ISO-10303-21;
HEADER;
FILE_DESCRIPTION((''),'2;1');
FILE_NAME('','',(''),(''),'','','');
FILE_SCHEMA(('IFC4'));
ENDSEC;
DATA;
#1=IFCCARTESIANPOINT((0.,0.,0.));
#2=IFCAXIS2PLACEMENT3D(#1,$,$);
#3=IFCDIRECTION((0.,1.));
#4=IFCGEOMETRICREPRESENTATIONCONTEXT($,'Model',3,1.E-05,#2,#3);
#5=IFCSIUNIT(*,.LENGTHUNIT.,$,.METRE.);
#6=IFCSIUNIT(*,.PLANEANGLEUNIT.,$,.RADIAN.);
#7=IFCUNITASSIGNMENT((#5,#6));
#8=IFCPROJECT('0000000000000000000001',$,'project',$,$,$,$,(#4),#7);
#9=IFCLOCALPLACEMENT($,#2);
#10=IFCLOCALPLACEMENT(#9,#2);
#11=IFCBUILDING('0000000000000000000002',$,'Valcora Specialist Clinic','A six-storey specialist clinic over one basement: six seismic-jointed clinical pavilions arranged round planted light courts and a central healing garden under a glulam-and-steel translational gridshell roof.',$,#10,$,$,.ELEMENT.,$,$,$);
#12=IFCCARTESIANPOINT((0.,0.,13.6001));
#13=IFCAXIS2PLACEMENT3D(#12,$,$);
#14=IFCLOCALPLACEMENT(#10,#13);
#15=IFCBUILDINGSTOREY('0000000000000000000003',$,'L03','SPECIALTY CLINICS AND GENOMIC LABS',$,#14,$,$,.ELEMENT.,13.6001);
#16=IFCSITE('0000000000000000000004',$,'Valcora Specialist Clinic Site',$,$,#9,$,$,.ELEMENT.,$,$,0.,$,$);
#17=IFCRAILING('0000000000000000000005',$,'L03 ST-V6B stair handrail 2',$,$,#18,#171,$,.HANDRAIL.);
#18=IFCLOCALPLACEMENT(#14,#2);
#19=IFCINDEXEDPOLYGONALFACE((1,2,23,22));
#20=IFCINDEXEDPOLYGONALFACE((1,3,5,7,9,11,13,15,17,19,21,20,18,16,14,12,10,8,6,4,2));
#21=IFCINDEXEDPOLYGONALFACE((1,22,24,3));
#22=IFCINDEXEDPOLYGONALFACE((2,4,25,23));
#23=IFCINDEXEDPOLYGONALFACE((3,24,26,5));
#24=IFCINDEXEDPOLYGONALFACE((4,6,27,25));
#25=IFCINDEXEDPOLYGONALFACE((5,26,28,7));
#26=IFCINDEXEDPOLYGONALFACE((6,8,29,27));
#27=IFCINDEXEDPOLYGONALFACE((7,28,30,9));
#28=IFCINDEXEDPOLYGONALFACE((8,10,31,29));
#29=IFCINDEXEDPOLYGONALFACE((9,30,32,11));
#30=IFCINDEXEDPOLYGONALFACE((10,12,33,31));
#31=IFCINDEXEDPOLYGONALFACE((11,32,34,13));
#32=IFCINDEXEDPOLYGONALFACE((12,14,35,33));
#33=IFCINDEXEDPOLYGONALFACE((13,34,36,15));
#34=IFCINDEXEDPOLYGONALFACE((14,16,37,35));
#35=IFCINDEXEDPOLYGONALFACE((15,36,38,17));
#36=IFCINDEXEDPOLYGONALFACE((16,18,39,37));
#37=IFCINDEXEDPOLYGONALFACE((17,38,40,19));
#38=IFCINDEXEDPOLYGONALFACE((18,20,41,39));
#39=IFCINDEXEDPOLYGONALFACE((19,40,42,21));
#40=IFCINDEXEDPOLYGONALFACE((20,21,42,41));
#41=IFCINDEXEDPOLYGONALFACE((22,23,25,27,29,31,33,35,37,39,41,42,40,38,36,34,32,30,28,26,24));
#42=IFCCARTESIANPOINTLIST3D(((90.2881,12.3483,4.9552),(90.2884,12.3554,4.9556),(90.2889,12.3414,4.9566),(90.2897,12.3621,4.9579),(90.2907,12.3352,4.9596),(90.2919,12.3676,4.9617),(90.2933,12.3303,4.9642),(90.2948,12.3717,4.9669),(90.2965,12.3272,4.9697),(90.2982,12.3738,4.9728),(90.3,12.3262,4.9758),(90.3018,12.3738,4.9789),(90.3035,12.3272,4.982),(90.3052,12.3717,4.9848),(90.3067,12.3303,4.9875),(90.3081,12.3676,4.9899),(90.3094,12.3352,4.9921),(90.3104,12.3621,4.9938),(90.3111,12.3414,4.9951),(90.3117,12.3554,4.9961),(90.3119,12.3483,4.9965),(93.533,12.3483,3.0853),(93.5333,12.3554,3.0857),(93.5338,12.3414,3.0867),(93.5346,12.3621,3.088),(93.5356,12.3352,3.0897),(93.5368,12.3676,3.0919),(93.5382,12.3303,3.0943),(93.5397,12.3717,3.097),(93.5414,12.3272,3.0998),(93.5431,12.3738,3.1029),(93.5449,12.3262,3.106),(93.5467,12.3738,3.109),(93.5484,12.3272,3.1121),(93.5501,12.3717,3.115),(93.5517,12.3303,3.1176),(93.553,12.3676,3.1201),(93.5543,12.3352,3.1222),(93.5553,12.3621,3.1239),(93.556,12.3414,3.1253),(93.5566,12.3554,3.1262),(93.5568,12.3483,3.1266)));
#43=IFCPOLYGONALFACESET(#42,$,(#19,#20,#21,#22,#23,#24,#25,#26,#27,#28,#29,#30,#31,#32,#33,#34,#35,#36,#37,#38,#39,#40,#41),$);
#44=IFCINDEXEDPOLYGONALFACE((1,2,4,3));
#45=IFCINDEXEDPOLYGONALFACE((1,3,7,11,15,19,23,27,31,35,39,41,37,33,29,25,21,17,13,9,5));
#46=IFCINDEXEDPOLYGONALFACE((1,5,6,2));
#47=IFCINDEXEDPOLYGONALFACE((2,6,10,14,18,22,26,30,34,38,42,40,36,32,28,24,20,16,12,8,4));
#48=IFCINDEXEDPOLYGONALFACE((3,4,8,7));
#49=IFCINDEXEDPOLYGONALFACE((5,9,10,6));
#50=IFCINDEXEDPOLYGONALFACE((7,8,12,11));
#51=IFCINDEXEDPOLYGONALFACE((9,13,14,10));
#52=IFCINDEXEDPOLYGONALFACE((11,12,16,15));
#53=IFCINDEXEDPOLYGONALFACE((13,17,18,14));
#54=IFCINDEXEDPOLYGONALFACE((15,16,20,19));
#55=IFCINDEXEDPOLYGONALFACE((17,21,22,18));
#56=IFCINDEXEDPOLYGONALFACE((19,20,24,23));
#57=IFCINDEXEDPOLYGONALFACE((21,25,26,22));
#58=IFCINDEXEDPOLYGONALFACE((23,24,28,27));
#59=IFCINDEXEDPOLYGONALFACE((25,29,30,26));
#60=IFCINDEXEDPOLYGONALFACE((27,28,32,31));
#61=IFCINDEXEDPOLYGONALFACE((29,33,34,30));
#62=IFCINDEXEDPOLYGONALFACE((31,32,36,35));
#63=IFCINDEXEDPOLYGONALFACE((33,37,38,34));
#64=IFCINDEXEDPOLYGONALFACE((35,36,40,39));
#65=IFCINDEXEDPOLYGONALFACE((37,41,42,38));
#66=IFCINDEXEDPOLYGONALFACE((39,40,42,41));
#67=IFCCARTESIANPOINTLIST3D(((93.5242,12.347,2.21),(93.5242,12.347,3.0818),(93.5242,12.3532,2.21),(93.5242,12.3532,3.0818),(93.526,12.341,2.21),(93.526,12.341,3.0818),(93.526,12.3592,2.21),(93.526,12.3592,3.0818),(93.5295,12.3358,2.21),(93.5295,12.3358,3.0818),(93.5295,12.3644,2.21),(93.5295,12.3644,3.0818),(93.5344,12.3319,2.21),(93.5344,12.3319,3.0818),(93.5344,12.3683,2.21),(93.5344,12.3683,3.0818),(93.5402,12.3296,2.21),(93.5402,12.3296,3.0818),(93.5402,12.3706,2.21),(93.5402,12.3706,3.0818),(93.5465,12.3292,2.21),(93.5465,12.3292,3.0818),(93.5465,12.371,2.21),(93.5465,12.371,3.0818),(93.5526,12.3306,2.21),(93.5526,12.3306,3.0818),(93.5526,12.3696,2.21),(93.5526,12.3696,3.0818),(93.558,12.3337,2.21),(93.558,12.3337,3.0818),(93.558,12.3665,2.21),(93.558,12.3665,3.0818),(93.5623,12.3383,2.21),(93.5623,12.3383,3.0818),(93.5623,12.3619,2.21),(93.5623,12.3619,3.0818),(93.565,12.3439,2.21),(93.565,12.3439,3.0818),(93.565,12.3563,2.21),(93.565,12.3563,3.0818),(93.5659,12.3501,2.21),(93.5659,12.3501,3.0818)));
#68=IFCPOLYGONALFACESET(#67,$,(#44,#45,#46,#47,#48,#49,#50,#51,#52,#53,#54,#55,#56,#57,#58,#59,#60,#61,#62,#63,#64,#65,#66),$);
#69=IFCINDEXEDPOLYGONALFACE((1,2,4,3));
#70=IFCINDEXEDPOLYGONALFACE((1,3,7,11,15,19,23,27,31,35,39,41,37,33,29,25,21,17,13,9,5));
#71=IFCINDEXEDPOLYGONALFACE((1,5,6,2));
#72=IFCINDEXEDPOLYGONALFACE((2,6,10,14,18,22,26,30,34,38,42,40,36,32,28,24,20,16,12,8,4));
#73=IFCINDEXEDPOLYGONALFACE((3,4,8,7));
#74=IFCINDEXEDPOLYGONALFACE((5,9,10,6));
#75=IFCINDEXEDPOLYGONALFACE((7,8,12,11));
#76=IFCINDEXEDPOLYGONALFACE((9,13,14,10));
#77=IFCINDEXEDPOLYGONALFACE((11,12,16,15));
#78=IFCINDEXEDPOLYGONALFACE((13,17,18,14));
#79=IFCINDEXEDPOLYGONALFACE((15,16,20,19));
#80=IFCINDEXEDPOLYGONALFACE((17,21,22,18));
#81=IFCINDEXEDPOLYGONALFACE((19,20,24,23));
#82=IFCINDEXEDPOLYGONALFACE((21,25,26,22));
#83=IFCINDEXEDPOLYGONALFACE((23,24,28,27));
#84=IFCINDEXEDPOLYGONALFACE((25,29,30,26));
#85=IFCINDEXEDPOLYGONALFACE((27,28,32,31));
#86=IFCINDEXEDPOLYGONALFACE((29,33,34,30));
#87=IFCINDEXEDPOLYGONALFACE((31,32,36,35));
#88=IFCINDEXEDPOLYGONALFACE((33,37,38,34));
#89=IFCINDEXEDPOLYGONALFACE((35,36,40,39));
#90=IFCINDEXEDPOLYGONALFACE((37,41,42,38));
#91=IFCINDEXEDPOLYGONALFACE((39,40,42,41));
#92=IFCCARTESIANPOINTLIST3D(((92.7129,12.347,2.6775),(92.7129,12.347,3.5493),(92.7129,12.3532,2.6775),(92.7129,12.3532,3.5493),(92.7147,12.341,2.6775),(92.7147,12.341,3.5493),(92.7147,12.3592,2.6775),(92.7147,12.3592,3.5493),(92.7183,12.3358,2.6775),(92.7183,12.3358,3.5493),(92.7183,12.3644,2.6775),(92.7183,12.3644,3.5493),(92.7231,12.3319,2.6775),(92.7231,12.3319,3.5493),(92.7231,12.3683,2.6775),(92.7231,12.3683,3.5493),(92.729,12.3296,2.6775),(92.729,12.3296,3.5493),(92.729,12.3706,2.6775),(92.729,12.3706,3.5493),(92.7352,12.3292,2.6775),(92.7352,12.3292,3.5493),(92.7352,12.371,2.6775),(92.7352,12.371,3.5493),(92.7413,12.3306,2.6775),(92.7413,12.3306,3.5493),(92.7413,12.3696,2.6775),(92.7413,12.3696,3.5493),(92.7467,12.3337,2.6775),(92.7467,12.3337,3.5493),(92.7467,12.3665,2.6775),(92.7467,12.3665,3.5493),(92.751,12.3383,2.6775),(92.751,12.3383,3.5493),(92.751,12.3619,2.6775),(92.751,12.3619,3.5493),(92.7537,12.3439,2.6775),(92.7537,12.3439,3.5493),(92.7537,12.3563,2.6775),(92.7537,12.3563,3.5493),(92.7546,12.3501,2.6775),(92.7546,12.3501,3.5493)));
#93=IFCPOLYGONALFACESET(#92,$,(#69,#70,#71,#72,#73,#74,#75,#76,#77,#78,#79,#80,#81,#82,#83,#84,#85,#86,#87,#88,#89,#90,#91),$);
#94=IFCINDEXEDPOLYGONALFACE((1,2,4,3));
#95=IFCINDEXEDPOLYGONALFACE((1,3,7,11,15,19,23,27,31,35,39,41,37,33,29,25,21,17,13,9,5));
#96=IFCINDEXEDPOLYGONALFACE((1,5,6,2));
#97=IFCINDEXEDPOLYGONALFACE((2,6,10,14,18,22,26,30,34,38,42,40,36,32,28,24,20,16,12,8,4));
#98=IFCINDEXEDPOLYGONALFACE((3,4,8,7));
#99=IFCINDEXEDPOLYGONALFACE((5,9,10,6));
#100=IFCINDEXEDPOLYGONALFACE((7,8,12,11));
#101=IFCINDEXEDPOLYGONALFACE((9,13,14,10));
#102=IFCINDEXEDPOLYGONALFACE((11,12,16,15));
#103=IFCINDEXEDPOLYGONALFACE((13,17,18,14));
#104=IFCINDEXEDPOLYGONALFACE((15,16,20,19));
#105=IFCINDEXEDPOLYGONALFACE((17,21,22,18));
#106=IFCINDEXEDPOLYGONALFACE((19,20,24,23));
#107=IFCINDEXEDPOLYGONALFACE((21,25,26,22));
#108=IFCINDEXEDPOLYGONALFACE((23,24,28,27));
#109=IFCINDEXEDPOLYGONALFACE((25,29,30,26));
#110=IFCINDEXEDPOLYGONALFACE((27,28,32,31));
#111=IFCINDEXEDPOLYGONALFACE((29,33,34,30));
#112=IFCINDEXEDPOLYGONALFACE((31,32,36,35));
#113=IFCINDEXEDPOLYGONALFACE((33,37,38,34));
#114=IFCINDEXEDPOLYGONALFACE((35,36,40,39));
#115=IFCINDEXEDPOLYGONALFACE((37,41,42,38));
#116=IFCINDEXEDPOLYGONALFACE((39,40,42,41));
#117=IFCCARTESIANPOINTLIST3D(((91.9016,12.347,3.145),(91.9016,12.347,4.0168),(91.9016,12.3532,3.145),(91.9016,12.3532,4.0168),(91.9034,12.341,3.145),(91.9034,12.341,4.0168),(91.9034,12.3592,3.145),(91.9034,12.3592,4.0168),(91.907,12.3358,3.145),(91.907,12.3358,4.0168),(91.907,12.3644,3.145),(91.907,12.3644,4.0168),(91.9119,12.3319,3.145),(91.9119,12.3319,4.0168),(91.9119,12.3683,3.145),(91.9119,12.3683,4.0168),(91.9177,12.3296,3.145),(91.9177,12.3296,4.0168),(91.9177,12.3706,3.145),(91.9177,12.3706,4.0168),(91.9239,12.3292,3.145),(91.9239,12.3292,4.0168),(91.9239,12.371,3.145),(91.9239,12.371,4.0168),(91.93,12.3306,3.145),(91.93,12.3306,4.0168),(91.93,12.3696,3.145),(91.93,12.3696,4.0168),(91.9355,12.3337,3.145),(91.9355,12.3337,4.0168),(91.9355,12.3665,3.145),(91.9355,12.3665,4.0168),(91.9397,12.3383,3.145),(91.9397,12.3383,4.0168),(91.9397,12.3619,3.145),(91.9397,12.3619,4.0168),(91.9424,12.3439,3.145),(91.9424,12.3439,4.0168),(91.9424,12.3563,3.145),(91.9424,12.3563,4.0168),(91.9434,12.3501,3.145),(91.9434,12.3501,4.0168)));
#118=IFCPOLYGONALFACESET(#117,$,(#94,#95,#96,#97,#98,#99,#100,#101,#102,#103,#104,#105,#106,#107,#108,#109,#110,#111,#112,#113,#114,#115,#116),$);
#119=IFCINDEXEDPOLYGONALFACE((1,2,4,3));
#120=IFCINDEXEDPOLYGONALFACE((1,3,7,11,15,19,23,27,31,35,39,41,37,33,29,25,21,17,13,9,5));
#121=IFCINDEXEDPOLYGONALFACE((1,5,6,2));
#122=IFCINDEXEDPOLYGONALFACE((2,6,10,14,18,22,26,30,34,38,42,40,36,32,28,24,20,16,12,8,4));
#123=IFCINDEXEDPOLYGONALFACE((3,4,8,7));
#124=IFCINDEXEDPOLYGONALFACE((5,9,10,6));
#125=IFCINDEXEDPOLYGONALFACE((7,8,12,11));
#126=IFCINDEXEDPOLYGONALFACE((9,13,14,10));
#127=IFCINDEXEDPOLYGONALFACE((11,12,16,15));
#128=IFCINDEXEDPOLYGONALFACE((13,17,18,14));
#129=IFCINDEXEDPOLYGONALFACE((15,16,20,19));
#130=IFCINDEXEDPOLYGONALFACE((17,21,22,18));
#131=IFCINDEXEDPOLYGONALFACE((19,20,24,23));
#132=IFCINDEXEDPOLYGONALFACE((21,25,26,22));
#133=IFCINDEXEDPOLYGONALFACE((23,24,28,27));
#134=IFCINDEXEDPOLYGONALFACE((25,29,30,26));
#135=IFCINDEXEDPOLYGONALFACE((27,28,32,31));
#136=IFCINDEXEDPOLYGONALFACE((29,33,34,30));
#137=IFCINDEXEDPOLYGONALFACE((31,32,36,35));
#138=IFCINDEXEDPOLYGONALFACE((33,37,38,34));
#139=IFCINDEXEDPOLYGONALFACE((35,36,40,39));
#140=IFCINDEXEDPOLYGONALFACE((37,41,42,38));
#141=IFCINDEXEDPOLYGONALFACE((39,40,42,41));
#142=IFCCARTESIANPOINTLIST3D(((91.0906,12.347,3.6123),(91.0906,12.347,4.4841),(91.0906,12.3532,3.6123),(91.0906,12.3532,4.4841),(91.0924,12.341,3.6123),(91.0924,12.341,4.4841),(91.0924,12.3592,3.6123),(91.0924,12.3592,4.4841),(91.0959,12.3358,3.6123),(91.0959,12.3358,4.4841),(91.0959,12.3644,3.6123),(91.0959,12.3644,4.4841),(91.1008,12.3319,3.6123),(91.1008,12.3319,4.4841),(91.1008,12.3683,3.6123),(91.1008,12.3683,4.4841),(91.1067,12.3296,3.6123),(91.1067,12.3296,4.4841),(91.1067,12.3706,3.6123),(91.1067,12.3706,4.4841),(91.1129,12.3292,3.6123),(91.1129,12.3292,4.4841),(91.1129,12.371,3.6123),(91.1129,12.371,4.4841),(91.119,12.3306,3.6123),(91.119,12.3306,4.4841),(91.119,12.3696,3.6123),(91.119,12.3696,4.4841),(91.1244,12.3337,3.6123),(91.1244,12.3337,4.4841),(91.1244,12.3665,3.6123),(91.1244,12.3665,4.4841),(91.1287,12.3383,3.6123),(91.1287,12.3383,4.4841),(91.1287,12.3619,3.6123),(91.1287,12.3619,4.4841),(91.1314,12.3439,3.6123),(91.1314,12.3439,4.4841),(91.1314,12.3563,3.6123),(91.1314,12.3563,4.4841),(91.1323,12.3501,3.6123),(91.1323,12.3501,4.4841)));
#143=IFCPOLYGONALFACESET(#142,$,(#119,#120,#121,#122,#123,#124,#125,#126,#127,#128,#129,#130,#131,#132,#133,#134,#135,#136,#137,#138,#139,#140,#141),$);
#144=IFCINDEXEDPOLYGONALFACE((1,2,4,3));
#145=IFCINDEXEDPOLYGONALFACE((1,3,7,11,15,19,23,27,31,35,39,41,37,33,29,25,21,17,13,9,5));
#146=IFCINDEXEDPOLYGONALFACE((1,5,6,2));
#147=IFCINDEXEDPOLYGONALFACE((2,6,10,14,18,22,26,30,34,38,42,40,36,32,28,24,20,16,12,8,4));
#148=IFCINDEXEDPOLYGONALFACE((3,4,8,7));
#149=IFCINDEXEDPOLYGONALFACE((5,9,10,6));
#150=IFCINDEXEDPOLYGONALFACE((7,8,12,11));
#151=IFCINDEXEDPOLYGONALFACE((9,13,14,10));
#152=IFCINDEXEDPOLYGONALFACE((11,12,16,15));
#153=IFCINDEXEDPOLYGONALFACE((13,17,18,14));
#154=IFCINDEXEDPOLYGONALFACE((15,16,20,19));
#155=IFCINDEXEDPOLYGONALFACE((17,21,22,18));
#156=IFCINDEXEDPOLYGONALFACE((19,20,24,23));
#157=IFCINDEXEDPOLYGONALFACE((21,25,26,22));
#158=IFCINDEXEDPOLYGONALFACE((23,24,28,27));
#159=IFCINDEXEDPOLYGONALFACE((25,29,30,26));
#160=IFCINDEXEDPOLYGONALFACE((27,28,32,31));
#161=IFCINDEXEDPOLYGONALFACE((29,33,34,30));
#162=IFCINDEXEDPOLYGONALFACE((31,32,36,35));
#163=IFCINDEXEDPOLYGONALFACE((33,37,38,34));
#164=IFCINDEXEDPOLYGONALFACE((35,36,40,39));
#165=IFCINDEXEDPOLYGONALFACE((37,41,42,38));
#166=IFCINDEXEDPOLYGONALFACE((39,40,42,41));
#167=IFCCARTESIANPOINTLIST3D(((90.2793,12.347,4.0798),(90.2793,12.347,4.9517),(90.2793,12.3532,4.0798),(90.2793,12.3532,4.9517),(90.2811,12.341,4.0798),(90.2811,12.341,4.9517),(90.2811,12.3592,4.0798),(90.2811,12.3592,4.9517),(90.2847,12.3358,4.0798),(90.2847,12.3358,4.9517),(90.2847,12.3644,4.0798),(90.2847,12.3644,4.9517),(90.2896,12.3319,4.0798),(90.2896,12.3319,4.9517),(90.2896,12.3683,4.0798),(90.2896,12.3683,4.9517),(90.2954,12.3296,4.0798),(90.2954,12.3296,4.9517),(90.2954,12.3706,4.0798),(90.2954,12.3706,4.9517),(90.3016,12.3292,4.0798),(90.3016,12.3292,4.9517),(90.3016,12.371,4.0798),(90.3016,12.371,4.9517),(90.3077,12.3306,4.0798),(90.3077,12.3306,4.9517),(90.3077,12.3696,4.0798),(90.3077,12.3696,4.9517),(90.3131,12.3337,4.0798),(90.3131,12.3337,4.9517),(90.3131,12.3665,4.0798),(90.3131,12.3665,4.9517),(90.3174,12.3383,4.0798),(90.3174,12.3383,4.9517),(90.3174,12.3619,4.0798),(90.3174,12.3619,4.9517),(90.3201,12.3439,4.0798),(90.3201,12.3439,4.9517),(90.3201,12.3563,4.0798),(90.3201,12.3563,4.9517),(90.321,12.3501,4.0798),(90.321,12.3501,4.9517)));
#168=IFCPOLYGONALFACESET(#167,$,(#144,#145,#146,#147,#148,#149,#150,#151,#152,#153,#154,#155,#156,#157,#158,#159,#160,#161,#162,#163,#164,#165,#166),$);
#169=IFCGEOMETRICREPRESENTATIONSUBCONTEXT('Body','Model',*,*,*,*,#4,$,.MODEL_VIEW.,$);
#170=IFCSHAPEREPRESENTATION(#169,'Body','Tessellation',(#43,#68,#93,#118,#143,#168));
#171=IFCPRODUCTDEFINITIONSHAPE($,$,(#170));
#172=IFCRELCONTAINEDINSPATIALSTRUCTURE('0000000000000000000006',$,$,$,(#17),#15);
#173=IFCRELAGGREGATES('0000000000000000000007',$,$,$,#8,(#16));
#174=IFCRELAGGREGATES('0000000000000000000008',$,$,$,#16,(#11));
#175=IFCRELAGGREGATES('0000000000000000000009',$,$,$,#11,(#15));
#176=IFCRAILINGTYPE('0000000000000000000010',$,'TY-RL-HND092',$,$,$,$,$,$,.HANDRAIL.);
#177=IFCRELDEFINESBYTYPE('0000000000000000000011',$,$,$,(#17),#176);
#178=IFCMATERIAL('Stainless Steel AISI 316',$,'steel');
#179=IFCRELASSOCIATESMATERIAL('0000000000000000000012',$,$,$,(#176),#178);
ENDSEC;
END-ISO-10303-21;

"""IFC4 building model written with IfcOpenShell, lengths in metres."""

from ifc_helpers import new_model, si_unit, direction, frame, origin, origin_2d, place, context, subcontext, project, spatial, circle, extrude, material, type_object, element, save


model = new_model("IFC4")

# Units and contexts
model_context = context("Model", 3, precision=1e-05, world=origin(), true_north=direction((0.0, 1.0)))
body_context = subcontext(model_context, "Body", "Model", "MODEL_VIEW")
ifc_project = project(units=[si_unit("LENGTHUNIT", "METRE"), si_unit("PLANEANGLEUNIT", "RADIAN")], contexts=[model_context])

# Site, building, storey
site_placement = place(None, origin())
site = spatial("IfcSite", under=ifc_project, at=site_placement, Name="Valcora Specialist Clinic Site", CompositionType="ELEMENT", RefElevation=0.0)
building_placement = place(site_placement, origin())
building = spatial("IfcBuilding", under=site, at=building_placement, Name="Valcora Specialist Clinic", Description="A six-storey specialist clinic over one basement: six seismic-jointed clinical pavilions arranged round planted light courts and a central healing garden under a glulam-and-steel translational gridshell roof.", CompositionType="ELEMENT")
storey_placement = place(building_placement, frame((0.0, 0.0, 13.6001)))
storey = spatial("IfcBuildingStorey", under=building, at=storey_placement, Name="L03", Description="SPECIALTY CLINICS AND GENOMIC LABS", CompositionType="ELEMENT", Elevation=13.6001)

# Shared definitions
ifc_material_1 = material(Name="Stainless Steel AISI 316", Category="steel")

# Railing
railing_type_1 = type_object("IfcRailingType", Name="TY-RL-HND092", PredefinedType="HANDRAIL", material=ifc_material_1)
railing_1_placement = place(storey_placement, frame((93.5449, 12.3501, 2.21)))
element("IfcRailing", 1, at=railing_1_placement, inside=storey, type_object=railing_type_1, Name="L03 ST-V6B stair handrail 2", PredefinedType="HANDRAIL", context=body_context, shape_type="SweptSolid", body=[
    extrude(circle(Radius=0.0239, at=origin_2d()), frame((0.0, 0.0, 0.896), z_axis=(-0.866436, 0.0, 0.499288), x_axis=(0.0, -1.0, 0.0)), (0.0, 0.0, 1.0), 3.7451),
    extrude(circle(Radius=0.021, at=origin_2d()), origin(), (0.0, 0.0, 1.0), 0.8718),
    extrude(circle(Radius=0.021, at=origin_2d()), frame((-0.8113, 0.0, 0.4675)), (0.0, 0.0, 1.0), 0.8718),
    extrude(circle(Radius=0.021, at=origin_2d()), frame((-1.6226, 0.0, 0.9351)), (0.0, 0.0, 1.0), 0.8718),
    extrude(circle(Radius=0.021, at=origin_2d()), frame((-2.4336, 0.0, 1.4023)), (0.0, 0.0, 1.0), 0.8718),
    extrude(circle(Radius=0.021, at=origin_2d()), frame((-3.2449, 0.0, 1.8699)), (0.0, 0.0, 1.0), 0.8718),
])

save(model, "model.ifc")
